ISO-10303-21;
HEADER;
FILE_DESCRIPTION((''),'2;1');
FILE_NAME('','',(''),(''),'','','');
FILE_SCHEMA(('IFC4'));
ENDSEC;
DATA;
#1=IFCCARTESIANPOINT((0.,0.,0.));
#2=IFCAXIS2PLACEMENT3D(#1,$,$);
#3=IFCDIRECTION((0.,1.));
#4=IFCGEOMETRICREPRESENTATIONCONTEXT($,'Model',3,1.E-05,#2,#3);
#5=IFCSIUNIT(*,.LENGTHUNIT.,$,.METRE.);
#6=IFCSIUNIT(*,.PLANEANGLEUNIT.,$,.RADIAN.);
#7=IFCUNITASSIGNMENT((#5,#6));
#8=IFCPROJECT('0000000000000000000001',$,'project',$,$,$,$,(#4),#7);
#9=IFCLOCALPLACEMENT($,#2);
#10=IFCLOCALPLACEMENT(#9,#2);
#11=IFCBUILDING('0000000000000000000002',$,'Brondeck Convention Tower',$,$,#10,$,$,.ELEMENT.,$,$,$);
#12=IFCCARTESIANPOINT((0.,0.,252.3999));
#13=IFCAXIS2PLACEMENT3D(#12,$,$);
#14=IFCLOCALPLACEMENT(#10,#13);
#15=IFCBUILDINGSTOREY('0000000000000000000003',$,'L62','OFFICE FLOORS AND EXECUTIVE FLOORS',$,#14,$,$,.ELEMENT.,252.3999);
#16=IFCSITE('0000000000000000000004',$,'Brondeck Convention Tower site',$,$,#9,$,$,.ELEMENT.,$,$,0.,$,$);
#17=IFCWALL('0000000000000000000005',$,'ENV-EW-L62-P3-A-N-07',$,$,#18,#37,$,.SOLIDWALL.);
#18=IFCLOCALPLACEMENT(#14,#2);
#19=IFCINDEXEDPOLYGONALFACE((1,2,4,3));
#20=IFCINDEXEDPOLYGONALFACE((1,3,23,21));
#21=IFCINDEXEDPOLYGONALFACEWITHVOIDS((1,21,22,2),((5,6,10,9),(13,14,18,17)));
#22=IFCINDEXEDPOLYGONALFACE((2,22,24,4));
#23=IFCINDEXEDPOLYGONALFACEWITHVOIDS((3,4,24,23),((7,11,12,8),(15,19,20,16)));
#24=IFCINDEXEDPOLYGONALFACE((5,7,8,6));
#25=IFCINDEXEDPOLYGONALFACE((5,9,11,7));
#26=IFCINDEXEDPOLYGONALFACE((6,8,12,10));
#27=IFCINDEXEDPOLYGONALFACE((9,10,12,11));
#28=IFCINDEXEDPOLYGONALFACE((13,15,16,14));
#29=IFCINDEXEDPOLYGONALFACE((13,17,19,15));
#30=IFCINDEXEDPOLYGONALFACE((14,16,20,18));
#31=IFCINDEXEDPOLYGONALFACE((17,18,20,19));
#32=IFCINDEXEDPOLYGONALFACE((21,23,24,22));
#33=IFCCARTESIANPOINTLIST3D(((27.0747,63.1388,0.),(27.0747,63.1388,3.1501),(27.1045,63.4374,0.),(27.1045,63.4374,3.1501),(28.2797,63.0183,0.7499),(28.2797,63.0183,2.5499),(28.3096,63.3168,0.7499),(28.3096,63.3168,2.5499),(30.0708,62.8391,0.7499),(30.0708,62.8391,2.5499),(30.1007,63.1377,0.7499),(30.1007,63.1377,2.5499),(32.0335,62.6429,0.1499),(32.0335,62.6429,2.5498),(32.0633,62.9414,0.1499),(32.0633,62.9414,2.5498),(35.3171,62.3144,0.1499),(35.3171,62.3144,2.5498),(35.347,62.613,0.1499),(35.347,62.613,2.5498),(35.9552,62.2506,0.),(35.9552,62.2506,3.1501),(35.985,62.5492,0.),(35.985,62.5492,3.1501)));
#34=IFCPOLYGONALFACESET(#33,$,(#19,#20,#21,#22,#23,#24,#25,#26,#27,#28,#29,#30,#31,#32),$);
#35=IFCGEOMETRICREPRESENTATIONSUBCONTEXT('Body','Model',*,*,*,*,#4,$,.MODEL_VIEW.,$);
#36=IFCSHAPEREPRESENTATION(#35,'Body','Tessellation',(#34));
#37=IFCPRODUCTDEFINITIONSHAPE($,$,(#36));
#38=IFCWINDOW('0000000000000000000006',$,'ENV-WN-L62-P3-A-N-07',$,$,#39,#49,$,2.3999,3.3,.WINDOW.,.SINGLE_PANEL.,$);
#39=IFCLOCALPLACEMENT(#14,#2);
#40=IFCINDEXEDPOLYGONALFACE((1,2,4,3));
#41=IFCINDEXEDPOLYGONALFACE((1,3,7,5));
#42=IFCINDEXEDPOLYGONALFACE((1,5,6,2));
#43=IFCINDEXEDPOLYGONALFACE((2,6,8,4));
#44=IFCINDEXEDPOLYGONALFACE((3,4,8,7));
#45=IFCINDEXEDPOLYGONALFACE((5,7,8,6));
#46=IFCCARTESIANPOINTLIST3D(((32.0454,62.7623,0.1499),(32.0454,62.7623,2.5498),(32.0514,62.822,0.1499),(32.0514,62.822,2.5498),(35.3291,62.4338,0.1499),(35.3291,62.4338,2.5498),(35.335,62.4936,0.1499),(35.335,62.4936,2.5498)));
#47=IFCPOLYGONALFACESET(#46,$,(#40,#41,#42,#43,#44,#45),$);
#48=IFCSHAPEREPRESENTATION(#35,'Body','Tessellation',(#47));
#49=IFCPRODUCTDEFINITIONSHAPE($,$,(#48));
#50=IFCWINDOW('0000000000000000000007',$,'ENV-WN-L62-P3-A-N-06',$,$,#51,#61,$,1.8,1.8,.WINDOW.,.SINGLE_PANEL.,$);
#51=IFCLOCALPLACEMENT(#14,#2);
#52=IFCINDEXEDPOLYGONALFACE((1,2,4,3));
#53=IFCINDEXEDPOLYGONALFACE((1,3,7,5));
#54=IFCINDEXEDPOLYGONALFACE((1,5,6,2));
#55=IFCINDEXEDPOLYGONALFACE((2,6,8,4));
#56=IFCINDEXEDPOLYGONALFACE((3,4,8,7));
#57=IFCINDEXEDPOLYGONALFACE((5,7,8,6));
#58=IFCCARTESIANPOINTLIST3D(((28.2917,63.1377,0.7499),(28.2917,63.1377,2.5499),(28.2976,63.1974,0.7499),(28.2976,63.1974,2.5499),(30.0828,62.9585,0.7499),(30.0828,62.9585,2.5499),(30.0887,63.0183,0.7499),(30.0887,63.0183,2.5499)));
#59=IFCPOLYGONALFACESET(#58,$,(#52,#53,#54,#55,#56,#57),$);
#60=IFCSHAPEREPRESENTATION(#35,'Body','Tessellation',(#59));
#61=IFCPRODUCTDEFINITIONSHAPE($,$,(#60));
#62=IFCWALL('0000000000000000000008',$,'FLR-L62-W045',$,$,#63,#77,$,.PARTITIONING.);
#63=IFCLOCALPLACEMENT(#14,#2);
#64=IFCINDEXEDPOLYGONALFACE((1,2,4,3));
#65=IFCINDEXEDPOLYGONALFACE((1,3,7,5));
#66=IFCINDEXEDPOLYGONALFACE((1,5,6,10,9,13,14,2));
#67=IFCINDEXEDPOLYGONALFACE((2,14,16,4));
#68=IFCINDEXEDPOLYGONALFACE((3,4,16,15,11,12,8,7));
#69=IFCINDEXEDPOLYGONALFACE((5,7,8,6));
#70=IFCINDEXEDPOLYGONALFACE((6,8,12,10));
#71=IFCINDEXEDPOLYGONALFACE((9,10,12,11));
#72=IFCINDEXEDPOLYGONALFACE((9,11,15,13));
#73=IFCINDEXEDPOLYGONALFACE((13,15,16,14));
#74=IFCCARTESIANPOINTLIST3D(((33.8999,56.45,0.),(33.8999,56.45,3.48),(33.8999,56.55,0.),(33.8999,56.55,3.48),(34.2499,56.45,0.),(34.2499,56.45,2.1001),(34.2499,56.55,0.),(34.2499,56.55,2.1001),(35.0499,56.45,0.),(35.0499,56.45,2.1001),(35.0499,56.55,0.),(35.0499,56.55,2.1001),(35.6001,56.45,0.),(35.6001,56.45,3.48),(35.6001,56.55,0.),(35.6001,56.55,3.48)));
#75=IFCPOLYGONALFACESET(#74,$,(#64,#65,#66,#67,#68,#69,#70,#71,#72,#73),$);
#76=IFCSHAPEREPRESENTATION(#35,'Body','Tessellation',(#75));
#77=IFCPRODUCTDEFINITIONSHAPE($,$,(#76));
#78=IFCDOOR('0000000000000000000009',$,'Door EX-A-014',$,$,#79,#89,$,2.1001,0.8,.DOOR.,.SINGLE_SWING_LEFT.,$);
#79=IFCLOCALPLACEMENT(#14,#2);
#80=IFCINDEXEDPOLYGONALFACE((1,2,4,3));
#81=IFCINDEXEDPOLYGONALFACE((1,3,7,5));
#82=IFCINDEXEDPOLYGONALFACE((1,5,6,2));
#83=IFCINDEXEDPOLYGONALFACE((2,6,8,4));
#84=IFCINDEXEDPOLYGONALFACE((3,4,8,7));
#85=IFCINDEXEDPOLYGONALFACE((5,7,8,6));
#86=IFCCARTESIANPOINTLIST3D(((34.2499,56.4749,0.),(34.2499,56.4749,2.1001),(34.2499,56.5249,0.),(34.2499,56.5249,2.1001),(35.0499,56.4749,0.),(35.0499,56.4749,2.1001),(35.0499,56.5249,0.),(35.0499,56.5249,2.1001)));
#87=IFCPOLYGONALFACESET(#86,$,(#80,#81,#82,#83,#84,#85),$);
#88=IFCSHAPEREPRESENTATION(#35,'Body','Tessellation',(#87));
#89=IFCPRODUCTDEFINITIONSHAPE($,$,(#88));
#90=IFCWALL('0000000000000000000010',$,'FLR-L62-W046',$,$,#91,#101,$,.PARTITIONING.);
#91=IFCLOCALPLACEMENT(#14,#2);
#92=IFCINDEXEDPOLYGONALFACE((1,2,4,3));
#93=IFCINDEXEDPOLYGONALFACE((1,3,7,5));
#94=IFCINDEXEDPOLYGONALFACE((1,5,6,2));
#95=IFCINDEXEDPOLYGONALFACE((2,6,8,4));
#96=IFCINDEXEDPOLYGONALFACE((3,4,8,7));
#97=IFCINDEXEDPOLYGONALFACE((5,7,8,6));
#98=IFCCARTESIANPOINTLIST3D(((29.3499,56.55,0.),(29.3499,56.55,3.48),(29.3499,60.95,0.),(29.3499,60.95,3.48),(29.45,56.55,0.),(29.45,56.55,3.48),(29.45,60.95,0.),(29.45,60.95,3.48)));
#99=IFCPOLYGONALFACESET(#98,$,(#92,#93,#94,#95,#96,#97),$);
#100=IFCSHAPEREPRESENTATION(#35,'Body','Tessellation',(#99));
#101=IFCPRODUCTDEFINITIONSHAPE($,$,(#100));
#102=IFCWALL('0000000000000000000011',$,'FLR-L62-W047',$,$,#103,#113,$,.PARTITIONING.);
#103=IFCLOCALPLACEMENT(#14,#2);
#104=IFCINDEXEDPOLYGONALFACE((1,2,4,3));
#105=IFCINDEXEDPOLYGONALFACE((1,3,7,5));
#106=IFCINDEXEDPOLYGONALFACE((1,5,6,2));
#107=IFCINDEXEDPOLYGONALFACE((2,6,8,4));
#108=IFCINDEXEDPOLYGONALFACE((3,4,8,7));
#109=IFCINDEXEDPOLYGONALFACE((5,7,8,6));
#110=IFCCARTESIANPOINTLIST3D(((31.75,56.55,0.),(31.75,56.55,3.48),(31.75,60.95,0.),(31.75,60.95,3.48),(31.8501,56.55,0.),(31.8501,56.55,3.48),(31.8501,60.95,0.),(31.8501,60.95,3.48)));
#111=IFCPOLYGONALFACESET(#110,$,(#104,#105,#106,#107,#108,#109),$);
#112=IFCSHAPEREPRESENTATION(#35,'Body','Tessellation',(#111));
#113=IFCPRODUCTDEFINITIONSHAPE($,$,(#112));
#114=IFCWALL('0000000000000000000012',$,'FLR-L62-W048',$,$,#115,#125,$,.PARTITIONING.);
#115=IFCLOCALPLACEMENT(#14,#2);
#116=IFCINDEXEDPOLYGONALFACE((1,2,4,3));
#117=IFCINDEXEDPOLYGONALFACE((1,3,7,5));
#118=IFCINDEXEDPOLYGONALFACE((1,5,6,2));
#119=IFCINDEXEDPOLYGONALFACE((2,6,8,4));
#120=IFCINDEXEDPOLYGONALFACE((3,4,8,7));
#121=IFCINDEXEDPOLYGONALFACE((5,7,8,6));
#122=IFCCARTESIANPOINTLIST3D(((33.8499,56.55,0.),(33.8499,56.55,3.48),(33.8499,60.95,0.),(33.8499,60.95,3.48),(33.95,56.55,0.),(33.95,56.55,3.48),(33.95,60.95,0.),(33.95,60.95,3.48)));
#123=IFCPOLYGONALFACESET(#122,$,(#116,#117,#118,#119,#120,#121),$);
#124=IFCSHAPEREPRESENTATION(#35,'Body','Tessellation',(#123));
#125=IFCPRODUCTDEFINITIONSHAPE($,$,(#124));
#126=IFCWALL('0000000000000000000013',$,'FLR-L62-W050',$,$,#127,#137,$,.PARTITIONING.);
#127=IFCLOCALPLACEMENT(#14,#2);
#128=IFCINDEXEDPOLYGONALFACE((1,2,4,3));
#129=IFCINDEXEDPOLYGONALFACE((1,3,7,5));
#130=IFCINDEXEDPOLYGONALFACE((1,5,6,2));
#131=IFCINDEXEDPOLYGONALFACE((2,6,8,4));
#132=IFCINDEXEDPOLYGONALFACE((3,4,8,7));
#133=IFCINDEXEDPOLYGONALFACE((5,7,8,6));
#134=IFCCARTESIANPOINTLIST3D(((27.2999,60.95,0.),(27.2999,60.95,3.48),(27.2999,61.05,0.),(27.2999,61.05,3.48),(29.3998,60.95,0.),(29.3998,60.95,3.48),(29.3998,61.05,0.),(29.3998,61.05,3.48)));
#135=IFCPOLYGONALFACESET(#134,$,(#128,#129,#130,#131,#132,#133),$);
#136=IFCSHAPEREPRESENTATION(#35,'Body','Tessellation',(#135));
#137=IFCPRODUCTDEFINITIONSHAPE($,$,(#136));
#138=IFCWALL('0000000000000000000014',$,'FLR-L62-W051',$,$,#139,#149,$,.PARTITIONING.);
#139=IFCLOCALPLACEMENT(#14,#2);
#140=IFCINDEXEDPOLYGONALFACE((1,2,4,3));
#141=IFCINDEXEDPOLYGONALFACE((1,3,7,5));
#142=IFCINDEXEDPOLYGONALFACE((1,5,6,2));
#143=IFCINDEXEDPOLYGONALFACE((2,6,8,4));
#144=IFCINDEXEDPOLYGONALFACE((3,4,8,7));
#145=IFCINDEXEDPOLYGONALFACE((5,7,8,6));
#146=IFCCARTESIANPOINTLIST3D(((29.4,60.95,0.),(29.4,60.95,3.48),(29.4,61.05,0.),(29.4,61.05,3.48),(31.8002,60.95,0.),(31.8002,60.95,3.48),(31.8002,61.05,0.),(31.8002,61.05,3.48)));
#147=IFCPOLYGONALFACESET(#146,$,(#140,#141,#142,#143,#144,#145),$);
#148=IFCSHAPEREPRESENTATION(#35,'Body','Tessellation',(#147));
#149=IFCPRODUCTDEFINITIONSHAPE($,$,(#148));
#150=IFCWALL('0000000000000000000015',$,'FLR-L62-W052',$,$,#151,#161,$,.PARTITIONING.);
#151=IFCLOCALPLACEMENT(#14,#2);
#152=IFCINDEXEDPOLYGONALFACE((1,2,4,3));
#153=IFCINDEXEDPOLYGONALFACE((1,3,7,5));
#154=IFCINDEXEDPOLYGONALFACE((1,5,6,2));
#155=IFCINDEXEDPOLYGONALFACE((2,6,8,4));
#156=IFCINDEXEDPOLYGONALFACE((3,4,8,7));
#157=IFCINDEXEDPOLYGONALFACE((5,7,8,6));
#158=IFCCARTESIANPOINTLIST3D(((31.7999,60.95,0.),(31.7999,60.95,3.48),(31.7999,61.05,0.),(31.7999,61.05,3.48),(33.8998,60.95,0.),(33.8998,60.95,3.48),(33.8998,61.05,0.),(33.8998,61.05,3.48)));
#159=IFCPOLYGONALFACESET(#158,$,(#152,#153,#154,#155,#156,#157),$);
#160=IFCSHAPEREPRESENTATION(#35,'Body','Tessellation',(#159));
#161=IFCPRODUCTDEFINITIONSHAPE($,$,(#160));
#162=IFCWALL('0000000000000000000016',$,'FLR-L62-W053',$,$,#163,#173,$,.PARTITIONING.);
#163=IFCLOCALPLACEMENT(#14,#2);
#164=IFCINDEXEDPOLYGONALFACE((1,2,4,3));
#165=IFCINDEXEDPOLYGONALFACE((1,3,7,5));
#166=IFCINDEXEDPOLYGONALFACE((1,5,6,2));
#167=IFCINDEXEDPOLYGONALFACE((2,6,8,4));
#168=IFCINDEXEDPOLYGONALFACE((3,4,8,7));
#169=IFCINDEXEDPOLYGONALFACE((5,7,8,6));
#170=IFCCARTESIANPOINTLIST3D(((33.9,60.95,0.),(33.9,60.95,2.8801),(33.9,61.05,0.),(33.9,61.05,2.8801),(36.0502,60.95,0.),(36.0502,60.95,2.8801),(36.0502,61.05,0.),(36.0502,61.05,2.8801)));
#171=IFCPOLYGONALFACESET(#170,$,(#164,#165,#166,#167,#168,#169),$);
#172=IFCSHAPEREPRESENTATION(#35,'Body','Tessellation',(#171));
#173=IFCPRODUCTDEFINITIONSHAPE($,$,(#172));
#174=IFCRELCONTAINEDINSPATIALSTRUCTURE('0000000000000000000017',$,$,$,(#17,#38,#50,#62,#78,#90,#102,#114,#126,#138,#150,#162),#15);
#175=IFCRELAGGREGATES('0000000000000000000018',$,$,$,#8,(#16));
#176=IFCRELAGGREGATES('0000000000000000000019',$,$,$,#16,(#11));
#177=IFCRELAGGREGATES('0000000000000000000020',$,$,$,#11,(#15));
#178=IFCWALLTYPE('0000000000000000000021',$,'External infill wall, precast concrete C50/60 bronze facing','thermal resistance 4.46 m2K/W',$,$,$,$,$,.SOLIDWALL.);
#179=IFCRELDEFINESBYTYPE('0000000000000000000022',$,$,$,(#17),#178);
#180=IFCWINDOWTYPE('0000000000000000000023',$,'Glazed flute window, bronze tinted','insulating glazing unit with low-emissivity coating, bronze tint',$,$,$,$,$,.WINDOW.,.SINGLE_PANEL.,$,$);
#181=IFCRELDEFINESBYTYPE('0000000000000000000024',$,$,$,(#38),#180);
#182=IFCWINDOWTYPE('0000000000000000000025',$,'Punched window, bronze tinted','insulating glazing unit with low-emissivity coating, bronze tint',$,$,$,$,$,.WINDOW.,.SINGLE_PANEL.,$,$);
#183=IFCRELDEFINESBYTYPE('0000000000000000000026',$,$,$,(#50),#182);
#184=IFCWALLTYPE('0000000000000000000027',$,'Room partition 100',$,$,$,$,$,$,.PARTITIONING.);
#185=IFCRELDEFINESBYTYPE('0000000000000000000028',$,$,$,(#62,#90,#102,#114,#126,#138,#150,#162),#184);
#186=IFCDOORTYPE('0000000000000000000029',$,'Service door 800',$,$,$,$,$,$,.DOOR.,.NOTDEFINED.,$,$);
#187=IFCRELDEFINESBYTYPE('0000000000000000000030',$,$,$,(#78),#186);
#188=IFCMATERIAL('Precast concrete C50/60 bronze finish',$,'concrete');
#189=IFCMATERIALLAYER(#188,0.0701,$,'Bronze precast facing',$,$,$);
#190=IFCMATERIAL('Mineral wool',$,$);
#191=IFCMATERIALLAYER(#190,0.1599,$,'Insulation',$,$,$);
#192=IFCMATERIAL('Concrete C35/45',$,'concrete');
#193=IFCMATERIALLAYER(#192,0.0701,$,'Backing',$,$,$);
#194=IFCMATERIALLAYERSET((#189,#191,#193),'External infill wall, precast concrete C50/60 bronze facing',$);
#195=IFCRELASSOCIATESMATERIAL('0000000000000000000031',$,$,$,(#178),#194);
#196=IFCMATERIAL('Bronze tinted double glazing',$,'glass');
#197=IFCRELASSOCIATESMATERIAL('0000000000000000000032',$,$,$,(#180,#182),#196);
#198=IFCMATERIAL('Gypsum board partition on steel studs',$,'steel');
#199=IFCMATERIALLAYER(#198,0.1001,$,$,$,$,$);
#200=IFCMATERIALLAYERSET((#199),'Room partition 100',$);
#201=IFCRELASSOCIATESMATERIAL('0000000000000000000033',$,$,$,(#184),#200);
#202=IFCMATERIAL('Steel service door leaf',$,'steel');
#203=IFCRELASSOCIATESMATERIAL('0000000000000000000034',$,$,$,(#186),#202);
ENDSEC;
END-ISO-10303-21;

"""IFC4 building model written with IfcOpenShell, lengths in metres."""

from ifc_helpers import new_model, si_unit, direction, frame, frame_2d, origin, place, context, subcontext, project, spatial, rectangle, extrude, material, layer, layer_set, type_object, element, fill, save


model = new_model("IFC4")

# Units and contexts
model_context = context("Model", 3, precision=1e-05, world=origin(), true_north=direction((0.0, 1.0)))
body_context = subcontext(model_context, "Body", "Model", "MODEL_VIEW")
ifc_project = project(units=[si_unit("LENGTHUNIT", "METRE"), si_unit("PLANEANGLEUNIT", "RADIAN")], contexts=[model_context])

# Site, building, storey
site_placement = place(None, origin())
site = spatial("IfcSite", under=ifc_project, at=site_placement, Name="Brondeck Convention Tower site", CompositionType="ELEMENT", RefElevation=0.0)
building_placement = place(site_placement, origin())
building = spatial("IfcBuilding", under=site, at=building_placement, Name="Brondeck Convention Tower", CompositionType="ELEMENT")
storey_placement = place(building_placement, frame((0.0, 0.0, 252.3999)))
storey = spatial("IfcBuildingStorey", under=building, at=storey_placement, Name="L62", Description="OFFICE FLOORS AND EXECUTIVE FLOORS", CompositionType="ELEMENT", Elevation=252.3999)

# Shared definitions
ifc_material_1 = material(Name="Precast concrete C50/60 bronze finish", Category="concrete")
ifc_layer_1 = layer(ifc_material_1, 0.0701, Name="Bronze precast facing")
ifc_material_2 = material(Name="Mineral wool")
ifc_layer_2 = layer(ifc_material_2, 0.1599, Name="Insulation")
ifc_material_3 = material(Name="Concrete C35/45", Category="concrete")
ifc_layer_3 = layer(ifc_material_3, 0.0701, Name="Backing")
ifc_layer_set_1 = layer_set([ifc_layer_1, ifc_layer_2, ifc_layer_3], Name="External infill wall, precast concrete C50/60 bronze facing")
wall_type_1 = type_object("IfcWallType", Name="External infill wall, precast concrete C50/60 bronze facing", Description="thermal resistance 4.46 m2K/W", PredefinedType="SOLIDWALL", material=ifc_layer_set_1)

# Shared definitions
ifc_material_4 = material(Name="Bronze tinted double glazing", Category="glass")
window_type_1 = type_object("IfcWindowType", Name="Glazed flute window, bronze tinted", Description="insulating glazing unit with low-emissivity coating, bronze tint", PartitioningType="SINGLE_PANEL", PredefinedType="WINDOW", material=ifc_material_4)

# Wall, openings, windows
wall_1_placement = place(storey_placement, frame((27.0896, 63.2881, 0.0), z_axis=(0.0, 0.0, 1.0), x_axis=(0.995036, -0.099517, 0.0)))
wall_1 = element("IfcWall", 1, at=wall_1_placement, inside=storey, type_object=wall_type_1, Name="ENV-EW-L62-P3-A-N-07", PredefinedType="SOLIDWALL", context=body_context, shape_type="SweptSolid", body=[
    extrude(rectangle(XDim=8.9248, YDim=0.3, at=frame_2d((4.4624, 0.0))), origin(), (0.0, 0.0, 1.0), 3.1501),
])
opening_1_placement = place(wall_1_placement, frame((1.2112, 0.0, 0.75)))
opening_1 = element("IfcOpeningElement", 2, at=opening_1_placement, cuts=wall_1, PredefinedType="OPENING", context=body_context, shape_type="SweptSolid", body=[
    extrude(rectangle(XDim=1.8, YDim=1.8, at=frame_2d((0.8999, 0.8999))), frame((0.0, 0.1599, 0.0), z_axis=(0.0, -1.0, 0.0), x_axis=(1.0, 0.0, 0.0)), (0.0, 0.0, 1.0), 0.3201),
])
opening_2_placement = place(wall_1_placement, frame((4.9836, 0.0, 0.1499)))
opening_2 = element("IfcOpeningElement", 3, at=opening_2_placement, cuts=wall_1, PredefinedType="OPENING", context=body_context, shape_type="SweptSolid", body=[
    extrude(rectangle(XDim=3.3, YDim=2.3999, at=frame_2d((1.6499, 1.2))), frame((0.0, 0.1599, 0.0), z_axis=(0.0, -1.0, 0.0), x_axis=(1.0, 0.0, 0.0)), (0.0, 0.0, 1.0), 0.3201),
])
window_1_placement = place(opening_2_placement, origin())
window_1 = element("IfcWindow", 4, at=window_1_placement, inside=storey, type_object=window_type_1, Name="ENV-WN-L62-P3-A-N-07", OverallHeight=2.3999, OverallWidth=3.3, PartitioningType="SINGLE_PANEL", PredefinedType="WINDOW", context=body_context, shape_type="SweptSolid", body=[
    extrude(rectangle(XDim=3.3, YDim=2.3999, at=frame_2d((1.6499, 1.2))), frame((0.0, 0.03, 0.0), z_axis=(0.0, -1.0, 0.0), x_axis=(1.0, 0.0, 0.0)), (0.0, 0.0, 1.0), 0.0601),
])
fill(opening_2, window_1)
window_type_2 = type_object("IfcWindowType", Name="Punched window, bronze tinted", Description="insulating glazing unit with low-emissivity coating, bronze tint", PartitioningType="SINGLE_PANEL", PredefinedType="WINDOW", material=ifc_material_4)
window_2_placement = place(opening_1_placement, origin())
window_2 = element("IfcWindow", 5, at=window_2_placement, inside=storey, type_object=window_type_2, Name="ENV-WN-L62-P3-A-N-06", OverallHeight=1.8, OverallWidth=1.8, PartitioningType="SINGLE_PANEL", PredefinedType="WINDOW", context=body_context, shape_type="SweptSolid", body=[
    extrude(rectangle(XDim=1.8, YDim=1.8, at=frame_2d((0.8999, 0.8999))), frame((0.0, 0.03, 0.0), z_axis=(0.0, -1.0, 0.0), x_axis=(1.0, 0.0, 0.0)), (0.0, 0.0, 1.0), 0.0601),
])
fill(opening_1, window_2)

# Wall, opening, door
ifc_material_5 = material(Name="Gypsum board partition on steel studs", Category="steel")
ifc_layer_4 = layer(ifc_material_5, 0.1001)
ifc_layer_set_2 = layer_set([ifc_layer_4], Name="Room partition 100")
wall_type_2 = type_object("IfcWallType", Name="Room partition 100", PredefinedType="PARTITIONING", material=ifc_layer_set_2)
wall_2_placement = place(storey_placement, frame((33.8999, 56.5, 0.0), z_axis=(0.0, 0.0, 1.0), x_axis=(1.0, 0.0, 0.0)))
wall_2 = element("IfcWall", 6, at=wall_2_placement, inside=storey, type_object=wall_type_2, Name="FLR-L62-W045", PredefinedType="PARTITIONING", context=body_context, shape_type="SweptSolid", body=[
    extrude(rectangle(XDim=1.7002, YDim=0.1001, at=frame_2d((0.8501, 0.0))), origin(), (0.0, 0.0, 1.0), 3.48),
])
opening_3_placement = place(wall_2_placement, frame((0.3501, 0.0, 0.0)))
opening_3 = element("IfcOpeningElement", 7, at=opening_3_placement, cuts=wall_2, PredefinedType="OPENING", context=body_context, shape_type="SweptSolid", body=[
    extrude(rectangle(XDim=0.8, YDim=2.1001, at=frame_2d((0.3999, 1.05))), frame((0.0, 0.0601, 0.0), z_axis=(0.0, -1.0, 0.0), x_axis=(1.0, 0.0, 0.0)), (0.0, 0.0, 1.0), 0.1201),
])
ifc_material_6 = material(Name="Steel service door leaf", Category="steel")
door_type = type_object("IfcDoorType", Name="Service door 800", OperationType="NOTDEFINED", PredefinedType="DOOR", material=ifc_material_6)
door_placement = place(opening_3_placement, origin())
door = element("IfcDoor", 8, at=door_placement, inside=storey, type_object=door_type, Name="Door EX-A-014", OperationType="SINGLE_SWING_LEFT", OverallHeight=2.1001, OverallWidth=0.8, PredefinedType="DOOR", context=body_context, shape_type="SweptSolid", body=[
    extrude(rectangle(XDim=0.8, YDim=2.1001, at=frame_2d((0.3999, 1.05))), frame((0.0, 0.0249, 0.0), z_axis=(0.0, -1.0, 0.0), x_axis=(1.0, 0.0, 0.0)), (0.0, 0.0, 1.0), 0.05),
])
fill(opening_3, door)

# Walls
for number, where, z_axis, x_axis, name in (
    (9, (29.3999, 60.95, 0.0), (0.0, 0.0, 1.0), (0.0, -1.0, 0.0), "FLR-L62-W046"),
    (10, (31.8, 60.95, 0.0), (0.0, 0.0, 1.0), (0.0, -1.0, 0.0), "FLR-L62-W047"),
    (11, (33.8999, 60.95, 0.0), (0.0, 0.0, 1.0), (0.0, -1.0, 0.0), "FLR-L62-W048"),
):
    element("IfcWall", number, at=place(storey_placement, frame(where, z_axis=z_axis, x_axis=x_axis)), inside=storey, type_object=wall_type_2, Name=name, PredefinedType="PARTITIONING", context=body_context, shape_type="SweptSolid", body=[
        extrude(rectangle(XDim=4.3999, YDim=0.1001, at=frame_2d((2.2, 0.0))), origin(), (0.0, 0.0, 1.0), 3.48),
    ])
wall_3_placement = place(storey_placement, frame((27.3, 61.0, 0.0), z_axis=(0.0, 0.0, 1.0), x_axis=(1.0, 0.0, 0.0)))
element("IfcWall", 12, at=wall_3_placement, inside=storey, type_object=wall_type_2, Name="FLR-L62-W050", PredefinedType="PARTITIONING", context=body_context, shape_type="SweptSolid", body=[
    extrude(rectangle(XDim=2.0999, YDim=0.1001, at=frame_2d((1.0498, 0.0))), origin(), (0.0, 0.0, 1.0), 3.48),
])
wall_4_placement = place(storey_placement, frame((29.3999, 61.0, 0.0), z_axis=(0.0, 0.0, 1.0), x_axis=(1.0, 0.0, 0.0)))
element("IfcWall", 13, at=wall_4_placement, inside=storey, type_object=wall_type_2, Name="FLR-L62-W051", PredefinedType="PARTITIONING", context=body_context, shape_type="SweptSolid", body=[
    extrude(rectangle(XDim=2.4001, YDim=0.1001, at=frame_2d((1.2002, 0.0))), origin(), (0.0, 0.0, 1.0), 3.48),
])
wall_5_placement = place(storey_placement, frame((31.8, 61.0, 0.0), z_axis=(0.0, 0.0, 1.0), x_axis=(1.0, 0.0, 0.0)))
element("IfcWall", 14, at=wall_5_placement, inside=storey, type_object=wall_type_2, Name="FLR-L62-W052", PredefinedType="PARTITIONING", context=body_context, shape_type="SweptSolid", body=[
    extrude(rectangle(XDim=2.0999, YDim=0.1001, at=frame_2d((1.0498, 0.0))), origin(), (0.0, 0.0, 1.0), 3.48),
])
wall_6_placement = place(storey_placement, frame((33.8999, 61.0, 0.0), z_axis=(0.0, 0.0, 1.0), x_axis=(1.0, 0.0, 0.0)))
element("IfcWall", 15, at=wall_6_placement, inside=storey, type_object=wall_type_2, Name="FLR-L62-W053", PredefinedType="PARTITIONING", context=body_context, shape_type="SweptSolid", body=[
    extrude(rectangle(XDim=2.1501, YDim=0.1001, at=frame_2d((1.0752, 0.0))), origin(), (0.0, 0.0, 1.0), 2.8801),
])

save(model, "model.ifc")
